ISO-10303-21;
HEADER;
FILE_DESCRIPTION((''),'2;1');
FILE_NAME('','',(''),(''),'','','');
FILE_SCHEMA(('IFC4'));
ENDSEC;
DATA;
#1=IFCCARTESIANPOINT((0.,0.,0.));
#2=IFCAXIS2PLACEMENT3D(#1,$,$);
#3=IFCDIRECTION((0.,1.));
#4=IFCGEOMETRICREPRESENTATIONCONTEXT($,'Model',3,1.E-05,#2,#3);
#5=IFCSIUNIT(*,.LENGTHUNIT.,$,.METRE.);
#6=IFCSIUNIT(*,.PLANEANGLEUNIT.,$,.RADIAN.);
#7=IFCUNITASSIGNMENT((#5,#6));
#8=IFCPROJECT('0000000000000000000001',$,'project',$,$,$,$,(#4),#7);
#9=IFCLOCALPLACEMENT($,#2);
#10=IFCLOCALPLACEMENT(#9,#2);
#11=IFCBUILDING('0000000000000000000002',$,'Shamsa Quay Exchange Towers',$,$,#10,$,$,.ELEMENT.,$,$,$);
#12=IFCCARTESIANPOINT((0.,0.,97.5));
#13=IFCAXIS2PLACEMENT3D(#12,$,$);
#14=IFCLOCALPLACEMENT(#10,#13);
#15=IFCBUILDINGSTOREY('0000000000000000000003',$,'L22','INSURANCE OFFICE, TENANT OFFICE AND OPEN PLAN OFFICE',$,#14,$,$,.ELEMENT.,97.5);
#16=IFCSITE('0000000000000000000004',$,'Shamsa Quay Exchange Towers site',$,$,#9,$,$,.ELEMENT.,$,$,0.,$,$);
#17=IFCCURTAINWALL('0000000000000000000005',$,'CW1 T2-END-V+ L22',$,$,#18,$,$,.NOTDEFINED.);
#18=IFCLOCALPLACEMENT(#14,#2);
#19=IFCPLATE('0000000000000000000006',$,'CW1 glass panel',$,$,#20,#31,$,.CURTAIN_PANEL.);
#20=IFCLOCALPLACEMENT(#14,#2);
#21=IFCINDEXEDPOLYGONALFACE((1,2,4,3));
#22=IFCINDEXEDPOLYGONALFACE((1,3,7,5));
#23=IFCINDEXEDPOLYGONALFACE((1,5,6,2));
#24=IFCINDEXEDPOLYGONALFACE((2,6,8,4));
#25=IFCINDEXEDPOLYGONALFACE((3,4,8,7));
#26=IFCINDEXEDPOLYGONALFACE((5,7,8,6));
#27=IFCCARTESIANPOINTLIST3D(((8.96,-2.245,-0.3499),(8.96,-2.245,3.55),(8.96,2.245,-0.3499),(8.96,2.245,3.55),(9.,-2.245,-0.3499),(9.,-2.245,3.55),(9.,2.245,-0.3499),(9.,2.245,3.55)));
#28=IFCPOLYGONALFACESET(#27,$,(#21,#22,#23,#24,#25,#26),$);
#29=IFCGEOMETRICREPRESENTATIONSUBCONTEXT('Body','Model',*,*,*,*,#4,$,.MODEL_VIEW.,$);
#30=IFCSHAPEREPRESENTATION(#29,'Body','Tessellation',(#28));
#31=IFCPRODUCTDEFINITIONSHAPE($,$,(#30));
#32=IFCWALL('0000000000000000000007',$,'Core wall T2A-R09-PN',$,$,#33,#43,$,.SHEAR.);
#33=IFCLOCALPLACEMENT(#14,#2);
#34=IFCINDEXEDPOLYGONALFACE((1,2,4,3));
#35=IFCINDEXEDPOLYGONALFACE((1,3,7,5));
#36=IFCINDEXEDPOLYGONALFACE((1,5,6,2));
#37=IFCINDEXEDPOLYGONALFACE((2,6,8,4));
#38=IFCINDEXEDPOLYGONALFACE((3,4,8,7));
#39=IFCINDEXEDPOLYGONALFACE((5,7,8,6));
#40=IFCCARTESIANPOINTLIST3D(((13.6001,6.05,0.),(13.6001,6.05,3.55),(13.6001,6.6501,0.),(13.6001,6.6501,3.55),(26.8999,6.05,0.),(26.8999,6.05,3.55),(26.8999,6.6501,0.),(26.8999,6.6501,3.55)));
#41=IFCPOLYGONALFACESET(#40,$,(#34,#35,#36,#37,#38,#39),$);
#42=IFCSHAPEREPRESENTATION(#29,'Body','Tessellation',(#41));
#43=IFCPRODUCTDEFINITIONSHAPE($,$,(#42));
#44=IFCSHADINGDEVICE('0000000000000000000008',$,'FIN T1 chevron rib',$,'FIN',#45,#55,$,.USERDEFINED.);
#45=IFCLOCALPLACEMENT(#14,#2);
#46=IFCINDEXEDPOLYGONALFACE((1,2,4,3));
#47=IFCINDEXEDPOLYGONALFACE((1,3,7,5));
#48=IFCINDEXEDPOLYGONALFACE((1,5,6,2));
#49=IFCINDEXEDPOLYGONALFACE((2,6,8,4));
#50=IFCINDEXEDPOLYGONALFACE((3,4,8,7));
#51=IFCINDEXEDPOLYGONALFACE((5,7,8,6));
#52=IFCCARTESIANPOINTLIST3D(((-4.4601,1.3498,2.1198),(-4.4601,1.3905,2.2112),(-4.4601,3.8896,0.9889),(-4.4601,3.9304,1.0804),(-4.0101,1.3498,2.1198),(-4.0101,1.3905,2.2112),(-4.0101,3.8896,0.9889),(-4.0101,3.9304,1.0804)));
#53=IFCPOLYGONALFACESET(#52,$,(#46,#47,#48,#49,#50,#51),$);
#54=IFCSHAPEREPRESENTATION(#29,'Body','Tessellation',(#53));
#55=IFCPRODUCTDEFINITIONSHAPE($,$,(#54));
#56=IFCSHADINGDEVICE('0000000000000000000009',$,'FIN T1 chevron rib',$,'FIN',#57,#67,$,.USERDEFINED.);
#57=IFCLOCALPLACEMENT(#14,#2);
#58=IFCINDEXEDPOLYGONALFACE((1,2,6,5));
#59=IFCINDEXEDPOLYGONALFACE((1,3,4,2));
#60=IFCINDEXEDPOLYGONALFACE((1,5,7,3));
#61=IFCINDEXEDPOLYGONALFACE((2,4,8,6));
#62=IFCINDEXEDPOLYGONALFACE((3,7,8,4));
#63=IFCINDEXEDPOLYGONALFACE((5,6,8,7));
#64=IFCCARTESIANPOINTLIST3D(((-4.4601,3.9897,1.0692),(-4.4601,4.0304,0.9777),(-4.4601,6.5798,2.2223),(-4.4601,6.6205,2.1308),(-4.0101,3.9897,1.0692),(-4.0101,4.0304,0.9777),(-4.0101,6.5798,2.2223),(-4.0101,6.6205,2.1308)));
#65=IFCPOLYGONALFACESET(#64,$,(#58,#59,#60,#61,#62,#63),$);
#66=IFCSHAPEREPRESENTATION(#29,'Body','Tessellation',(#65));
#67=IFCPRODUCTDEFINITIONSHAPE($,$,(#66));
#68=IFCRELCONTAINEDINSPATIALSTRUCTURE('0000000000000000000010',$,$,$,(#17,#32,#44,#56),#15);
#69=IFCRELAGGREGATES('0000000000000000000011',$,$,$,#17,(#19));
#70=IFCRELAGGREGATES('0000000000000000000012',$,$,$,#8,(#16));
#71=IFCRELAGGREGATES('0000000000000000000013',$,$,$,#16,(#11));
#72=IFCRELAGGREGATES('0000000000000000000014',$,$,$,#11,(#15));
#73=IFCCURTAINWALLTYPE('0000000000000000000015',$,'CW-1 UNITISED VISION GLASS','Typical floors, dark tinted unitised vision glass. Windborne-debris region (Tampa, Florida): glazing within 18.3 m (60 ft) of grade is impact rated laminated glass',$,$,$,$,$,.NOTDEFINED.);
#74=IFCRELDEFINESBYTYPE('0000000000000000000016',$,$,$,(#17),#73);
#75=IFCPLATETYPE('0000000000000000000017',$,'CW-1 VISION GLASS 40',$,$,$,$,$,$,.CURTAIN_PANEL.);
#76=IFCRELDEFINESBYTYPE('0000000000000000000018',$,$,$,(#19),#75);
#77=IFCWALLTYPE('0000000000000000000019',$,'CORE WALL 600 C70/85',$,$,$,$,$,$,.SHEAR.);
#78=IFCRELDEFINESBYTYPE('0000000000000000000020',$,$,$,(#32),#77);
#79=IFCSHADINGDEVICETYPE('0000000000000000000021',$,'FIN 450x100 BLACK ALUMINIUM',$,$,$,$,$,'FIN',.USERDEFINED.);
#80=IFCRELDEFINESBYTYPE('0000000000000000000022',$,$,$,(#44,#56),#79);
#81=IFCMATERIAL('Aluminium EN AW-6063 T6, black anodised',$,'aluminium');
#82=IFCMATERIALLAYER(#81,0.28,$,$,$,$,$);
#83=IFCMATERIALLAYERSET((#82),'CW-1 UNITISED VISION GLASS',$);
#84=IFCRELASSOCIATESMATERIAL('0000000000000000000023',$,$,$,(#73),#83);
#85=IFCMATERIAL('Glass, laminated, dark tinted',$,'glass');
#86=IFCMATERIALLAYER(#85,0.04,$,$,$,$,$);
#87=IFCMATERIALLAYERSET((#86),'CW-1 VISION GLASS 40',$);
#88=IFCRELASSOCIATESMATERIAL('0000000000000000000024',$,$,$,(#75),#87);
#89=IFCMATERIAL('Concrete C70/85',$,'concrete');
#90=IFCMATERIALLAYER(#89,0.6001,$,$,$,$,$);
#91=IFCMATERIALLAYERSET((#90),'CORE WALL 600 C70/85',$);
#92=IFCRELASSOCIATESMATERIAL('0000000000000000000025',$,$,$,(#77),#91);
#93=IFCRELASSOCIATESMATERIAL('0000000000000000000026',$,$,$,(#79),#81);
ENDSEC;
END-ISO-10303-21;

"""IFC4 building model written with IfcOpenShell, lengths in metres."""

from ifc_helpers import new_model, si_unit, direction, frame, frame_2d, origin, origin_2d, place, context, subcontext, project, spatial, rectangle, extrude, material, layer, layer_set, material_profile, profile_set, type_object, element, aggregate, save


model = new_model("IFC4")

# Units and contexts
model_context = context("Model", 3, precision=1e-05, world=origin(), true_north=direction((0.0, 1.0)))
body_context = subcontext(model_context, "Body", "Model", "MODEL_VIEW")
ifc_project = project(units=[si_unit("LENGTHUNIT", "METRE"), si_unit("PLANEANGLEUNIT", "RADIAN")], contexts=[model_context])

# Site, building, storey
site_placement = place(None, origin())
site = spatial("IfcSite", under=ifc_project, at=site_placement, Name="Shamsa Quay Exchange Towers site", CompositionType="ELEMENT", RefElevation=0.0)
building_placement = place(site_placement, origin())
building = spatial("IfcBuilding", under=site, at=building_placement, Name="Shamsa Quay Exchange Towers", CompositionType="ELEMENT")
storey_placement = place(building_placement, frame((0.0, 0.0, 97.5)))
storey = spatial("IfcBuildingStorey", under=building, at=storey_placement, Name="L22", Description="INSURANCE OFFICE, TENANT OFFICE AND OPEN PLAN OFFICE", CompositionType="ELEMENT", Elevation=97.5)

# Curtain wall
ifc_material_1 = material(Name="Aluminium EN AW-6063 T6, black anodised", Category="aluminium")
ifc_layer_1 = layer(ifc_material_1, 0.28)
ifc_layer_set_1 = layer_set([ifc_layer_1], Name="CW-1 UNITISED VISION GLASS")
curtain_wall_type = type_object("IfcCurtainWallType", Name="CW-1 UNITISED VISION GLASS", Description="Typical floors, dark tinted unitised vision glass. Windborne-debris region (Tampa, Florida): glazing within 18.3 m (60 ft) of grade is impact rated laminated glass", PredefinedType="NOTDEFINED", material=ifc_layer_set_1)
curtain_wall_1_placement = place(storey_placement, origin())
curtain_wall_1 = element("IfcCurtainWall", 1, at=curtain_wall_1_placement, inside=storey, type_object=curtain_wall_type, Name="CW1 T2-END-V+ L22", PredefinedType="NOTDEFINED")

# Shared definitions
ifc_material_2 = material(Name="Glass, laminated, dark tinted", Category="glass")
ifc_layer_2 = layer(ifc_material_2, 0.04)
ifc_layer_set_2 = layer_set([ifc_layer_2], Name="CW-1 VISION GLASS 40")
plate_type = type_object("IfcPlateType", Name="CW-1 VISION GLASS 40", PredefinedType="CURTAIN_PANEL", material=ifc_layer_set_2)

# Plate
plate_1_placement = place(storey_placement, frame((8.98, 0.0, -0.3499), z_axis=(0.0, 0.0, 1.0), x_axis=(0.0, -1.0, 0.0)))
plate_1 = element("IfcPlate", 2, at=plate_1_placement, type_object=plate_type, Name="CW1 glass panel", PredefinedType="CURTAIN_PANEL", context=body_context, shape_type="SweptSolid", body=[
    extrude(rectangle(XDim=4.49, YDim=0.04, at=origin_2d()), origin(), (0.0, 0.0, 1.0), 3.8999),
])
aggregate(curtain_wall_1, [plate_1])

# Wall
ifc_material_3 = material(Name="Concrete C70/85", Category="concrete")
ifc_layer_3 = layer(ifc_material_3, 0.6001)
ifc_layer_set_3 = layer_set([ifc_layer_3], Name="CORE WALL 600 C70/85")
wall_type = type_object("IfcWallType", Name="CORE WALL 600 C70/85", PredefinedType="SHEAR", material=ifc_layer_set_3)
wall_1_placement = place(storey_placement, frame((13.6001, 6.3501, 0.0)))
element("IfcWall", 3, at=wall_1_placement, inside=storey, type_object=wall_type, Name="Core wall T2A-R09-PN", PredefinedType="SHEAR", context=body_context, shape_type="SweptSolid", body=[
    extrude(rectangle(XDim=13.2998, YDim=0.6001, at=frame_2d((6.6499, 0.0))), origin(), (0.0, 0.0, 1.0), 3.55),
])

# Shading devices
ifc_material_profile_1 = material_profile(ifc_material_1, rectangle(XDim=0.45, YDim=0.1001, at=origin_2d()), Name="FIN450x100")
ifc_profile_set_1 = profile_set([ifc_material_profile_1], Name="Aluminium EN AW-6063 T6, black anodised")
shading_device_type = type_object("IfcShadingDeviceType", Name="FIN 450x100 BLACK ALUMINIUM", ElementType="FIN", PredefinedType="USERDEFINED", material=ifc_profile_set_1)
shading_device_1_placement = place(storey_placement, frame((-4.2351, 1.3701, 2.1655), z_axis=(0.0, 0.913536, -0.406758), x_axis=(-1.0, 0.0, 0.0)))
element("IfcShadingDevice", 4, at=shading_device_1_placement, inside=storey, type_object=shading_device_type, Name="FIN T1 chevron rib", ObjectType="FIN", PredefinedType="USERDEFINED", context=body_context, shape_type="SweptSolid", body=[
    extrude(rectangle(XDim=0.45, YDim=0.1001, at=origin_2d()), origin(), (0.0, 0.0, 1.0), 2.7803),
])
shading_device_2_placement = place(storey_placement, frame((-4.2351, 4.01, 1.0234), z_axis=(0.0, 0.913559, 0.406706), x_axis=(-1.0, 0.0, 0.0)))
element("IfcShadingDevice", 5, at=shading_device_2_placement, inside=storey, type_object=shading_device_type, Name="FIN T1 chevron rib", ObjectType="FIN", PredefinedType="USERDEFINED", context=body_context, shape_type="SweptSolid", body=[
    extrude(rectangle(XDim=0.45, YDim=0.1001, at=origin_2d()), origin(), (0.0, 0.0, 1.0), 2.8352),
])

save(model, "model.ifc")
